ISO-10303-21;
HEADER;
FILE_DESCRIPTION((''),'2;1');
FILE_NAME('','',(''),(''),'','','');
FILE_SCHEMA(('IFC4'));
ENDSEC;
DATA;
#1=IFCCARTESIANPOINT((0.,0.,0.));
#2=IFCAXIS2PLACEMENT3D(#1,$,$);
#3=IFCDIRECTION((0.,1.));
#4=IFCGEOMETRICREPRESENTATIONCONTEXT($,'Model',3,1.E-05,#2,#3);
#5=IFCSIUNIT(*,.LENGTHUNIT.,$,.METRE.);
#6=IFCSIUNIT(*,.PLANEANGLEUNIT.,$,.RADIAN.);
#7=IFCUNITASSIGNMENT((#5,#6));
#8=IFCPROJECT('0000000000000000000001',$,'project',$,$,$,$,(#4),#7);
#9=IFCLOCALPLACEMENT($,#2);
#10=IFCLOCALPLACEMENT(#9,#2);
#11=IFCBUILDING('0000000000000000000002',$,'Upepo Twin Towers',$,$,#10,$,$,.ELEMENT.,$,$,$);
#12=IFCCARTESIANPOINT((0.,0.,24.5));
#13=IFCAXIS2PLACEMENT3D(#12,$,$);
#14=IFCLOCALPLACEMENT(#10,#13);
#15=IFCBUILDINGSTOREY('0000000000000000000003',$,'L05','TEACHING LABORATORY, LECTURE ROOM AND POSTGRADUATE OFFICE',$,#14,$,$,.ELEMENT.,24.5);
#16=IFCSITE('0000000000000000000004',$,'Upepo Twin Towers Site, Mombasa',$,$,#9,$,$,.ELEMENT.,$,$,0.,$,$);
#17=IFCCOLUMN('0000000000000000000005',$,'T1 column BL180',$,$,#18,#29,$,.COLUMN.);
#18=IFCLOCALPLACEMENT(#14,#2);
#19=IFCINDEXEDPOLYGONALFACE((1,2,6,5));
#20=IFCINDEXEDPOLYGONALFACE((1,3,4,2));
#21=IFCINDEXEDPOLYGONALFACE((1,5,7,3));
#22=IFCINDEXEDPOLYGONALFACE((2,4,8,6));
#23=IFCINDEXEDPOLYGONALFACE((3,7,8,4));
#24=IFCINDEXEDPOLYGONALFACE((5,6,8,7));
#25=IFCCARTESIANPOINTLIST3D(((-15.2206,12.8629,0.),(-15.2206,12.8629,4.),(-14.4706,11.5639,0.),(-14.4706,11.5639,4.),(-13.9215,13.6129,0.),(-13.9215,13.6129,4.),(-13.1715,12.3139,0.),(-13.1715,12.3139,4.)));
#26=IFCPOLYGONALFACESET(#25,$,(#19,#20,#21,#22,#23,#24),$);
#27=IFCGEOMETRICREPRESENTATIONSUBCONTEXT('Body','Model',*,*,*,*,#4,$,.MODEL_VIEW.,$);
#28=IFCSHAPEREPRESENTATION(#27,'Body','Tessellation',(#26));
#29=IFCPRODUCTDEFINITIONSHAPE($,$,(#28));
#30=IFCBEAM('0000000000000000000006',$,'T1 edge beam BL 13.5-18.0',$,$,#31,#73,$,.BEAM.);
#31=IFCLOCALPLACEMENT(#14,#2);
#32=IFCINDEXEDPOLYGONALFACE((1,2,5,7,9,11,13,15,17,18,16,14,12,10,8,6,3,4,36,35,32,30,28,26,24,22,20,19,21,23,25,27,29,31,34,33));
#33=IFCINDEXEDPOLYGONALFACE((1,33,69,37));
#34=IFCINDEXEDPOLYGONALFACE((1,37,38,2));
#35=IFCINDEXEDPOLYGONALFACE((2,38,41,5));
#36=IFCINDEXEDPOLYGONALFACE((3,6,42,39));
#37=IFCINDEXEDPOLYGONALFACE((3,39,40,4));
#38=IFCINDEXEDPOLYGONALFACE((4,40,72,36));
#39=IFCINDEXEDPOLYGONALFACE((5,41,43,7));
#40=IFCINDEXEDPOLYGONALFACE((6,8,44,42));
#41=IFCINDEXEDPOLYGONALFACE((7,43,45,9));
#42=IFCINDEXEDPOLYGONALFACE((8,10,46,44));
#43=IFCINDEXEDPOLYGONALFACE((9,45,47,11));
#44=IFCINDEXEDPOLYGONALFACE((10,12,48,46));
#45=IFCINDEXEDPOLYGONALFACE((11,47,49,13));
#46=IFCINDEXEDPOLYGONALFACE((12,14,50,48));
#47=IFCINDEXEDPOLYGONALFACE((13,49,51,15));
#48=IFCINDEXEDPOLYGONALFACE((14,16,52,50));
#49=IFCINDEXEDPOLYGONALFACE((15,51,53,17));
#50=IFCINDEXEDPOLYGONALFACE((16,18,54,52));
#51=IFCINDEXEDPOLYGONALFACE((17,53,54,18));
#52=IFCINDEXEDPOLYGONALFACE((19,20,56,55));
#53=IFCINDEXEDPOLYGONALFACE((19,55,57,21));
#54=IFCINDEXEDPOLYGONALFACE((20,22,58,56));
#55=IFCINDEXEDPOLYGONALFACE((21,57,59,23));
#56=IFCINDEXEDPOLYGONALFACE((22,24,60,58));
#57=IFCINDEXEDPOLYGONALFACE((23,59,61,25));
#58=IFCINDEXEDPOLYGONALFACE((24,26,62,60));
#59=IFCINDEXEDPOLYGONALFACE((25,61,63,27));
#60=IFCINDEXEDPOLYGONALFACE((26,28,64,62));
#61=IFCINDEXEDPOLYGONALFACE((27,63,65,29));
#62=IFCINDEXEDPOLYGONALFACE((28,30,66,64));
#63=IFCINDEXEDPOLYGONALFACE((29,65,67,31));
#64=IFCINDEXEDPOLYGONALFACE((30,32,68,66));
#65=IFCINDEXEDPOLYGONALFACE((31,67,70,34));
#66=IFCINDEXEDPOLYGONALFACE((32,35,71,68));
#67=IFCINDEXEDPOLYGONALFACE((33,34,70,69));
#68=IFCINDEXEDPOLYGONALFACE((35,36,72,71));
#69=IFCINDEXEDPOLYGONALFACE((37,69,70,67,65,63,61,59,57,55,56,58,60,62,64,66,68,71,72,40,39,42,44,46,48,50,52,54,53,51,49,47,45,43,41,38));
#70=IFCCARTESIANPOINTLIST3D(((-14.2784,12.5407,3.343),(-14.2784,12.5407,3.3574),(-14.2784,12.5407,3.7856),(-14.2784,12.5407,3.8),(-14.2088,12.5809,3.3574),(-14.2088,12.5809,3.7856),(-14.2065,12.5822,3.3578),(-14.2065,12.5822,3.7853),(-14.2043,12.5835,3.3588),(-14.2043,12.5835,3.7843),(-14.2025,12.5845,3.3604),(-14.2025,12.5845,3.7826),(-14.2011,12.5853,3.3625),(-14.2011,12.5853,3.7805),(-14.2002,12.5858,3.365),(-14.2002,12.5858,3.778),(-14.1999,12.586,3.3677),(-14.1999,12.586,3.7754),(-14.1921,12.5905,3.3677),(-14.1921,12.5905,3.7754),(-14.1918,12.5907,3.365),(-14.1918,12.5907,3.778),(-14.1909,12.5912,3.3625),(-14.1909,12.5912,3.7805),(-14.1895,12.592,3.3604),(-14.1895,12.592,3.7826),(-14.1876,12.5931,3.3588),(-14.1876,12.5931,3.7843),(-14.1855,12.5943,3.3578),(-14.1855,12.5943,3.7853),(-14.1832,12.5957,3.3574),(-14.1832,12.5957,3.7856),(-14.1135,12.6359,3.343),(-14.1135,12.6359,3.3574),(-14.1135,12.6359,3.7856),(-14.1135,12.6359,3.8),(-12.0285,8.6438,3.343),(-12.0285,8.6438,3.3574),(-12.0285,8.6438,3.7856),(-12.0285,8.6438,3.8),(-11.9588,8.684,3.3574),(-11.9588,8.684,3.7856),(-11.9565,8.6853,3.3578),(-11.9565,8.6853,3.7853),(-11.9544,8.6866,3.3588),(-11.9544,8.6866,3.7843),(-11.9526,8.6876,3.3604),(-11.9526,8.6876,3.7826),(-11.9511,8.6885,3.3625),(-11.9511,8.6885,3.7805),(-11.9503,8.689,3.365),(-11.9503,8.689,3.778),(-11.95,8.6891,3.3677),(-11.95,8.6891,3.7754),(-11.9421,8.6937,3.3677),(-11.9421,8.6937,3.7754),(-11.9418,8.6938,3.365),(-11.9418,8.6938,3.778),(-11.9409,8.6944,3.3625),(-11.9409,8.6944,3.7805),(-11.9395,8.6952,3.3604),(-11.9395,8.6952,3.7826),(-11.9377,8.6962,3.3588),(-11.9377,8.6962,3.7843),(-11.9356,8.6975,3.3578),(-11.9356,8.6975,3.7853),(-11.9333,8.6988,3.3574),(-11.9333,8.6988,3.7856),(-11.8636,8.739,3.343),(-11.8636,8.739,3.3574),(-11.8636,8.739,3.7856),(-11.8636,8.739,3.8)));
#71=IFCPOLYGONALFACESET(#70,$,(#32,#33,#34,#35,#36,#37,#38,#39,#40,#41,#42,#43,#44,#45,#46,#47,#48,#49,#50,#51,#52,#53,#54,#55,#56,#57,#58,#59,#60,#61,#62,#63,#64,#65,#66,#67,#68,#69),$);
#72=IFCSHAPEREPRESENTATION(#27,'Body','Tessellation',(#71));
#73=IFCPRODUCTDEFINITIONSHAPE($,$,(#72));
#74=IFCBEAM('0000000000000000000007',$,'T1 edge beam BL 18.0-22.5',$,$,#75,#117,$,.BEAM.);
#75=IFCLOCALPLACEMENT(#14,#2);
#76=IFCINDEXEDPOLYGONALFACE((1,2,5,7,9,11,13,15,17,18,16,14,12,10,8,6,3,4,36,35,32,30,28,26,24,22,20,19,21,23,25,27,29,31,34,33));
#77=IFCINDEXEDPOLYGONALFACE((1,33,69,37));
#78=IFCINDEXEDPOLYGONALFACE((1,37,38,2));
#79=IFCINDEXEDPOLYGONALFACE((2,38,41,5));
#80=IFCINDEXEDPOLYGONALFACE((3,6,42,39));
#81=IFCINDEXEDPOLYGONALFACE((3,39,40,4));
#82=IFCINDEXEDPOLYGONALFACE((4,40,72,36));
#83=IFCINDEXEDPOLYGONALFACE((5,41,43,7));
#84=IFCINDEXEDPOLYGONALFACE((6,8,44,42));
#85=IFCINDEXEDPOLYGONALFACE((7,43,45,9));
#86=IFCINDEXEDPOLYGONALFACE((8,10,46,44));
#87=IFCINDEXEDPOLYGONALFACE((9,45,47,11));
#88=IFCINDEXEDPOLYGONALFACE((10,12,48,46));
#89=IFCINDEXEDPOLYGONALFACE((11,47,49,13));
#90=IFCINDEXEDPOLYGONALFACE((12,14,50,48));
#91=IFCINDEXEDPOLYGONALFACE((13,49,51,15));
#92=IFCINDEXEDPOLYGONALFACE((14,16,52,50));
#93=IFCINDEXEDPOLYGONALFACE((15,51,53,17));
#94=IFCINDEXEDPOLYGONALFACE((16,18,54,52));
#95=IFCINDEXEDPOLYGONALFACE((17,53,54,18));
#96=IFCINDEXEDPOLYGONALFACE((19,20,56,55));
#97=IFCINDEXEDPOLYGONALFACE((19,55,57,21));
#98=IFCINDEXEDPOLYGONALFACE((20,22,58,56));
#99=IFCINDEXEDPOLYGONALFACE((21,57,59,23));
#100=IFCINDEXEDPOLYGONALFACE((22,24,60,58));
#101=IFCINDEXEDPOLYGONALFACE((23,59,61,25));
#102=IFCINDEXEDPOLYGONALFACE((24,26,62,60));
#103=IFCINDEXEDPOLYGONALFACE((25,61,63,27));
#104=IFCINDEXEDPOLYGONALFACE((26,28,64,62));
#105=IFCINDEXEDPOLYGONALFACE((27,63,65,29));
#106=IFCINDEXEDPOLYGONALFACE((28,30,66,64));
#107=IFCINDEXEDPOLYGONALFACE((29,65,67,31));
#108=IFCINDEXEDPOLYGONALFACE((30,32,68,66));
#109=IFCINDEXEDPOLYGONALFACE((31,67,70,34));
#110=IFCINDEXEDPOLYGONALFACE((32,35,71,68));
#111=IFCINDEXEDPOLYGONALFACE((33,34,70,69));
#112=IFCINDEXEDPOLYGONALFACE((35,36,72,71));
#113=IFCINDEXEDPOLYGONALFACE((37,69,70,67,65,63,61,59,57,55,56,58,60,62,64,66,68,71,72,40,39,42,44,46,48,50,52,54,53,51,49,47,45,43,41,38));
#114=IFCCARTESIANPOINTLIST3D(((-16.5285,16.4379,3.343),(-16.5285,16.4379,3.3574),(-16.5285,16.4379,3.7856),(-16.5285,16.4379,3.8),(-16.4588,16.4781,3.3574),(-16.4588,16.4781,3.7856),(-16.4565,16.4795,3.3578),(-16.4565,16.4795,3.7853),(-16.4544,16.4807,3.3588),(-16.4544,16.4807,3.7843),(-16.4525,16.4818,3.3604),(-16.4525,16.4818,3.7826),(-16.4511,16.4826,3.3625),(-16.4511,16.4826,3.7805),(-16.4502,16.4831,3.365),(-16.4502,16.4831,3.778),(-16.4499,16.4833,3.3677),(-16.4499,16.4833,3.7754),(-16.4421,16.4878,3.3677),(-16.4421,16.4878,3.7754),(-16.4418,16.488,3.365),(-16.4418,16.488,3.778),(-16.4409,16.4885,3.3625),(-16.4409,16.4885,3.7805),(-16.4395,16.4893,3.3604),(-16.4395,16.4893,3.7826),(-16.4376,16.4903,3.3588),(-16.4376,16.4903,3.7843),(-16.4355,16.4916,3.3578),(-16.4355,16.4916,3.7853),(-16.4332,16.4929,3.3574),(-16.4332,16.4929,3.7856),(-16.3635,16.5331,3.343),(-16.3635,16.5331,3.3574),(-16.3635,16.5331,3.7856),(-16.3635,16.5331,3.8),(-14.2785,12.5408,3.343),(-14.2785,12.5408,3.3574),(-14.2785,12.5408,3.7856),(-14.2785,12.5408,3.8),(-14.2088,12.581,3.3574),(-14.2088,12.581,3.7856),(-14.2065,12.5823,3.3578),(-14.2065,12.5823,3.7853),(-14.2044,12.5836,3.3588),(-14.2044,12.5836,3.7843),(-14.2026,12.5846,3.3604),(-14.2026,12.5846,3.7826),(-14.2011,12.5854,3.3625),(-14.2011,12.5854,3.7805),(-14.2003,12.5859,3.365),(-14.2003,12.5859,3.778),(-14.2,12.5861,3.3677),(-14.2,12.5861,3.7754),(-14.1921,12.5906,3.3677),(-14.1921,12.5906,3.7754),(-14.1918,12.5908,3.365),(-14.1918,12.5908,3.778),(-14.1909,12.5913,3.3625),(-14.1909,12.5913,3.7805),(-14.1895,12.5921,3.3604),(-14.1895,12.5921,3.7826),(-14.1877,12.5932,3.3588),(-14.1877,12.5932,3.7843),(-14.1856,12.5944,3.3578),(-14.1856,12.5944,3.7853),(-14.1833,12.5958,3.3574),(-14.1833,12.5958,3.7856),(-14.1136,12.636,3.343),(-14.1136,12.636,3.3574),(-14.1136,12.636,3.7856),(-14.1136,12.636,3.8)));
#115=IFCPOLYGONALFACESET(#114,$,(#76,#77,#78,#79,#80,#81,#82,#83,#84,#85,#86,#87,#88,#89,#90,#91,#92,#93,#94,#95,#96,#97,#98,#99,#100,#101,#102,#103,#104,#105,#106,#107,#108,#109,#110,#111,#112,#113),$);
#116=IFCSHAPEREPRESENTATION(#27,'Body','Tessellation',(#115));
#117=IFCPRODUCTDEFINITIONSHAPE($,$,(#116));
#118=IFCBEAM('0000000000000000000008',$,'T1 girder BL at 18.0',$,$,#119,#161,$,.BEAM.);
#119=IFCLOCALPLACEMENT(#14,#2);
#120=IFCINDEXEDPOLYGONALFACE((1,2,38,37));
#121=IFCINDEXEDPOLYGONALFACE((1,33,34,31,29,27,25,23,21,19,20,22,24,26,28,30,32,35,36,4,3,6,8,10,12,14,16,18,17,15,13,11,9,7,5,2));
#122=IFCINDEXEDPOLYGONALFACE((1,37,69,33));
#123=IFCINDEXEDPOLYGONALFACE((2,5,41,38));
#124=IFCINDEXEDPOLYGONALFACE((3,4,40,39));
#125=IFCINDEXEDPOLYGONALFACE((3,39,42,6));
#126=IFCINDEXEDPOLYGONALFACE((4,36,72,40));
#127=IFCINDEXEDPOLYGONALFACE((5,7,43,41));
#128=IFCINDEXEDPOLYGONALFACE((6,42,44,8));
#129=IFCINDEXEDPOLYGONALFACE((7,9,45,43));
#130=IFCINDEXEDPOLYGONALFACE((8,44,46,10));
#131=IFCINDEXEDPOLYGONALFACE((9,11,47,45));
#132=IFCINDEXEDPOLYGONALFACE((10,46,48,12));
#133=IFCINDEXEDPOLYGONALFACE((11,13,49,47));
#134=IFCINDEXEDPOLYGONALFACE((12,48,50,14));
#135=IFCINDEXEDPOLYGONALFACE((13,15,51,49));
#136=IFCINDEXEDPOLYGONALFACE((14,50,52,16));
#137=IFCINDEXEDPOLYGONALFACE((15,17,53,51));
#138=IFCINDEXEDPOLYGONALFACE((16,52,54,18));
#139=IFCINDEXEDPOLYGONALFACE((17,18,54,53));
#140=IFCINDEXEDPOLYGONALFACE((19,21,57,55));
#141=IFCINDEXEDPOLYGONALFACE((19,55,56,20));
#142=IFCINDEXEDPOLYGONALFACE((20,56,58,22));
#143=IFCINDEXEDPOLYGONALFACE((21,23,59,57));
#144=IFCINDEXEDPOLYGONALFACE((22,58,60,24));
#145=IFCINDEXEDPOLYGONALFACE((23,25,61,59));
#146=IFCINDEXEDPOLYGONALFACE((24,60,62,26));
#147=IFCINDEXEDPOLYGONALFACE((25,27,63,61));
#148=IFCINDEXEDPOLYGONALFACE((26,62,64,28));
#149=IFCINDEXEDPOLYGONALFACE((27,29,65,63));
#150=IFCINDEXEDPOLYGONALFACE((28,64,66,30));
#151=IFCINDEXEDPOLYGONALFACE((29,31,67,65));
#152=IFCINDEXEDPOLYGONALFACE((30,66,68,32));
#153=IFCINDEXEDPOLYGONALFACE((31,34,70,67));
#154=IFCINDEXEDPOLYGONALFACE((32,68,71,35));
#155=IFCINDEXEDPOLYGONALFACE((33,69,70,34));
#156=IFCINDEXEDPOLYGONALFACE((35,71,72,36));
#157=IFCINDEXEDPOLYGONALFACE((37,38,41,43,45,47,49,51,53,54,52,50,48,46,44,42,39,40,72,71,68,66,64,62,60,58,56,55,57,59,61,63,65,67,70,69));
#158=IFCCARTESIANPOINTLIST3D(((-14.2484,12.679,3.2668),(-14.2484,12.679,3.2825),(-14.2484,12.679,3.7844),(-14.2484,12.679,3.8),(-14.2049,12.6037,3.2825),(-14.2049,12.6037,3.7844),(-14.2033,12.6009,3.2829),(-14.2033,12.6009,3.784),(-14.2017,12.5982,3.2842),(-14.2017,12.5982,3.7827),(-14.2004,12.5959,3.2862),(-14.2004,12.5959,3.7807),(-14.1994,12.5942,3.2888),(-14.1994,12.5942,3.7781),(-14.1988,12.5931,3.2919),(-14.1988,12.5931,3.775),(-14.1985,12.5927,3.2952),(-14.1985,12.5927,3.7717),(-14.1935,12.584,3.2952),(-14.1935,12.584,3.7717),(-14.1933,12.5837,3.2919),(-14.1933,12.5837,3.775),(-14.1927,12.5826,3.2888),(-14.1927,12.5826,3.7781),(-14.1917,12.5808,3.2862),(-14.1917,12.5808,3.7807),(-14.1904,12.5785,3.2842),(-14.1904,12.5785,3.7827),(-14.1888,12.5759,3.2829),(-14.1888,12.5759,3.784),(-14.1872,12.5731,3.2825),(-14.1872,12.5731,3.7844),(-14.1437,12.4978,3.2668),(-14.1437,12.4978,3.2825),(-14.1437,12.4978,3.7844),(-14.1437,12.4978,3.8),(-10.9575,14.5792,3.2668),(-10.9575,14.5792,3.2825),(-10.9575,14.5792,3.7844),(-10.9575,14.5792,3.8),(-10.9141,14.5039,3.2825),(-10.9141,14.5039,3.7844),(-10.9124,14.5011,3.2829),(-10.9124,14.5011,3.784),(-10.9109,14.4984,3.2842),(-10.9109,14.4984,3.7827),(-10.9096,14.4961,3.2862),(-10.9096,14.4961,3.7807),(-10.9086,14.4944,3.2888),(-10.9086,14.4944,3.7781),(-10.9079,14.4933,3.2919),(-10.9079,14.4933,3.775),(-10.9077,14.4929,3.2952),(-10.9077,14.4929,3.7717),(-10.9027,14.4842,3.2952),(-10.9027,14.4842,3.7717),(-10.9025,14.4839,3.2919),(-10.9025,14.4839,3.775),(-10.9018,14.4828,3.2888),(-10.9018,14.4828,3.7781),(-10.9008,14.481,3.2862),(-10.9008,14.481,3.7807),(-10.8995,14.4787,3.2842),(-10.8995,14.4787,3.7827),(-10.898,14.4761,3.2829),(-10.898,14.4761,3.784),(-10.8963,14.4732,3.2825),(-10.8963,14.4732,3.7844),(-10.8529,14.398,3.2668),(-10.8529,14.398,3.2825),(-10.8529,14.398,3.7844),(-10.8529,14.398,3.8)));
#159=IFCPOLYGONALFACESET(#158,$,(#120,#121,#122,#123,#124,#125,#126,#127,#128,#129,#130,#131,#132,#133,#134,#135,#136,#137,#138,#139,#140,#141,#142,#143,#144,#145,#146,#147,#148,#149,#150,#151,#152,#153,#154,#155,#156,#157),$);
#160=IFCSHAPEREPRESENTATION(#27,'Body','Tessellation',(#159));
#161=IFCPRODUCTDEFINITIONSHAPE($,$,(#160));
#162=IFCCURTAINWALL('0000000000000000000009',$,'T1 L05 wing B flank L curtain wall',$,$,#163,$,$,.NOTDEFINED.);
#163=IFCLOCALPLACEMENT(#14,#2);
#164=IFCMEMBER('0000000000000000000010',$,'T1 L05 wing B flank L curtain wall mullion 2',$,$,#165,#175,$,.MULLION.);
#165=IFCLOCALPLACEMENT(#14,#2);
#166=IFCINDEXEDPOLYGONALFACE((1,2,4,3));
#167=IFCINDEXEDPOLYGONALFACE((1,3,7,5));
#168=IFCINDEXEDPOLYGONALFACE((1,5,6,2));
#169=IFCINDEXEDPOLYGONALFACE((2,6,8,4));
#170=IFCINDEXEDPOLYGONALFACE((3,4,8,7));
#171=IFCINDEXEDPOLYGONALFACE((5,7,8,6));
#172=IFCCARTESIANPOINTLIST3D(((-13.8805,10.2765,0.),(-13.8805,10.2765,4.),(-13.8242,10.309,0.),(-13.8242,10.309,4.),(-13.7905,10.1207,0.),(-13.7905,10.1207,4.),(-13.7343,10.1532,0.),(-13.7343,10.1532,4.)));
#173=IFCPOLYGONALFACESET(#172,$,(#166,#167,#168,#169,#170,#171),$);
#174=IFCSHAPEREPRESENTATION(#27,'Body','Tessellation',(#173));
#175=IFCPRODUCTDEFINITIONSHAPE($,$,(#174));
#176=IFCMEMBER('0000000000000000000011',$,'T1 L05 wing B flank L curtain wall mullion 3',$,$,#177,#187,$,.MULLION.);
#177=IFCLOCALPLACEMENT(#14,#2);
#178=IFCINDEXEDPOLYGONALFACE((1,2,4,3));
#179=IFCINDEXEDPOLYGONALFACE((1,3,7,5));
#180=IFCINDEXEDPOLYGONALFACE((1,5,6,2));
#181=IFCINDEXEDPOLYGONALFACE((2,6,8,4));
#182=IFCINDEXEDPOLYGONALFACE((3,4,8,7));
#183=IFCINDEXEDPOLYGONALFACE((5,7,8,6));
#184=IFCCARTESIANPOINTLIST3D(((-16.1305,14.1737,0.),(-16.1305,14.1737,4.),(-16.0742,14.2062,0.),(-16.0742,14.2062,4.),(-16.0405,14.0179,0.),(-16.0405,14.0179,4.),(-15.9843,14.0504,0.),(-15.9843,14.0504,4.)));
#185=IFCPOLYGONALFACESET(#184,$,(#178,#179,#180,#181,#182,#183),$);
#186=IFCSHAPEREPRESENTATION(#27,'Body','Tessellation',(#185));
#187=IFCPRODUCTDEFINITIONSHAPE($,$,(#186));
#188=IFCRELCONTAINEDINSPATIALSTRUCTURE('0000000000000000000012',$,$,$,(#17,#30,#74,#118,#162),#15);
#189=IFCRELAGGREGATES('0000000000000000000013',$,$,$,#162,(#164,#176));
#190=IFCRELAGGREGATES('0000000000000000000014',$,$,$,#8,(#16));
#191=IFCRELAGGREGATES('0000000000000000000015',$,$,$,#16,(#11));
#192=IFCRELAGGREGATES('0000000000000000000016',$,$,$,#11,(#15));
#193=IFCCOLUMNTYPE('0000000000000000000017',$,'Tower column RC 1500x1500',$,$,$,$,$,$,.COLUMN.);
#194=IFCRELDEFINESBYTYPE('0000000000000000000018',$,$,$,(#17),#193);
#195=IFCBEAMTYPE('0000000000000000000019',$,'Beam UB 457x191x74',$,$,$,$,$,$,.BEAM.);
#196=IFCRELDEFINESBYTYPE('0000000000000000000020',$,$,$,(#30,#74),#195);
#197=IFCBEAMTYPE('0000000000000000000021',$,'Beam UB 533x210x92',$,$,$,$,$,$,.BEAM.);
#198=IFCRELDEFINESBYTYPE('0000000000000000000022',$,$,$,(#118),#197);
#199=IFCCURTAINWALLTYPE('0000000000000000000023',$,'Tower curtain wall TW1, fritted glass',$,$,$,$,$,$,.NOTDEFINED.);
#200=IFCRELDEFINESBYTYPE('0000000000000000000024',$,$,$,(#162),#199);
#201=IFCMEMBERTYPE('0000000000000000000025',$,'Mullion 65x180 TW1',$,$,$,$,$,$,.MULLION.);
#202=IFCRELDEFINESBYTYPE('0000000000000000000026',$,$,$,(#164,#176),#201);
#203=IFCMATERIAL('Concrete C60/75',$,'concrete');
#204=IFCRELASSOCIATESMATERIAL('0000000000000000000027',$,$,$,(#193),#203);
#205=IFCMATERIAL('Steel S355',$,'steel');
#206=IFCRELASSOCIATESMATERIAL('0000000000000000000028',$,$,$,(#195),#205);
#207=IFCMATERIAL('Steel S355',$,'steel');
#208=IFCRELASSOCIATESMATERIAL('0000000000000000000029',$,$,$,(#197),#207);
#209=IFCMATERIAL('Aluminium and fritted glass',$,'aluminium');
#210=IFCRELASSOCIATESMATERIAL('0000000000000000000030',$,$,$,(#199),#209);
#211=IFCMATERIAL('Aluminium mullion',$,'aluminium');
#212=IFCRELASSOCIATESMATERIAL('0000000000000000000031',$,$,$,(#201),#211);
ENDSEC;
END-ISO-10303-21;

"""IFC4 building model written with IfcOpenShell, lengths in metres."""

from ifc_helpers import new_model, si_unit, direction, frame, origin, origin_2d, place, context, subcontext, project, spatial, rectangle, i_section, extrude, material, material_profile, profile_set, type_object, element, aggregate, save


model = new_model("IFC4")

# Units and contexts
model_context = context("Model", 3, precision=1e-05, world=origin(), true_north=direction((0.0, 1.0)))
body_context = subcontext(model_context, "Body", "Model", "MODEL_VIEW")
ifc_project = project(units=[si_unit("LENGTHUNIT", "METRE"), si_unit("PLANEANGLEUNIT", "RADIAN")], contexts=[model_context])

# Site, building, storey
site_placement = place(None, origin())
site = spatial("IfcSite", under=ifc_project, at=site_placement, Name="Upepo Twin Towers Site, Mombasa", CompositionType="ELEMENT", RefElevation=0.0)
building_placement = place(site_placement, origin())
building = spatial("IfcBuilding", under=site, at=building_placement, Name="Upepo Twin Towers", CompositionType="ELEMENT")
storey_placement = place(building_placement, frame((0.0, 0.0, 24.5)))
storey = spatial("IfcBuildingStorey", under=building, at=storey_placement, Name="L05", Description="TEACHING LABORATORY, LECTURE ROOM AND POSTGRADUATE OFFICE", CompositionType="ELEMENT", Elevation=24.5)

# Column
ifc_material_1 = material(Name="Concrete C60/75", Category="concrete")
ifc_material_profile_1 = material_profile(ifc_material_1, rectangle(XDim=1.5, YDim=1.5, at=origin_2d()), Name="RC 1500x1500")
ifc_profile_set_1 = profile_set([ifc_material_profile_1], Name="Concrete C60/75")
column_type = type_object("IfcColumnType", Name="Tower column RC 1500x1500", PredefinedType="COLUMN", material=ifc_profile_set_1)
column_placement = place(storey_placement, frame((-14.196, 12.5884, 0.0), z_axis=(0.0, 0.0, 1.0), x_axis=(0.866025, 0.5, 0.0)))
element("IfcColumn", 1, at=column_placement, inside=storey, type_object=column_type, Name="T1 column BL180", PredefinedType="COLUMN", context=body_context, shape_type="SweptSolid", body=[
    extrude(rectangle(XDim=1.5, YDim=1.5, at=origin_2d()), origin(), (0.0, 0.0, 1.0), 4.0),
])

# Beams
ifc_material_2 = material(Name="Steel S355", Category="steel")
ifc_material_profile_2 = material_profile(ifc_material_2, i_section(OverallWidth=0.1904, OverallDepth=0.457, WebThickness=0.009, FlangeThickness=0.0144, FilletRadius=0.0103, at=origin_2d()), Name="UB 457x191x74")
ifc_profile_set_2 = profile_set([ifc_material_profile_2], Name="Steel S355")
beam_type_1 = type_object("IfcBeamType", Name="Beam UB 457x191x74", PredefinedType="BEAM", material=ifc_profile_set_2)
beam_1_placement = place(storey_placement, frame((-11.946, 8.6914, 3.5715), z_axis=(-0.500014, 0.866018, 0.0), x_axis=(-0.866018, -0.500014, 0.0)))
element("IfcBeam", 2, at=beam_1_placement, inside=storey, type_object=beam_type_1, Name="T1 edge beam BL 13.5-18.0", PredefinedType="BEAM", context=body_context, shape_type="SweptSolid", body=[
    extrude(i_section(OverallWidth=0.1904, OverallDepth=0.457, WebThickness=0.009, FlangeThickness=0.0144, FilletRadius=0.0103, at=origin_2d()), origin(), (0.0, 0.0, 1.0), 4.4998),
])
beam_2_placement = place(storey_placement, frame((-14.196, 12.5884, 3.5715), z_axis=(-0.49999, 0.866031, 0.0), x_axis=(-0.866031, -0.49999, 0.0)))
element("IfcBeam", 3, at=beam_2_placement, inside=storey, type_object=beam_type_1, Name="T1 edge beam BL 18.0-22.5", PredefinedType="BEAM", context=body_context, shape_type="SweptSolid", body=[
    extrude(i_section(OverallWidth=0.1904, OverallDepth=0.457, WebThickness=0.009, FlangeThickness=0.0144, FilletRadius=0.0103, at=origin_2d()), origin(), (0.0, 0.0, 1.0), 4.5),
])
ifc_material_3 = material(Name="Steel S355", Category="steel")
ifc_material_profile_3 = material_profile(ifc_material_3, i_section(OverallWidth=0.2092, OverallDepth=0.5332, WebThickness=0.01, FlangeThickness=0.0156, FilletRadius=0.0127, at=origin_2d()), Name="UB 533x210x92")
ifc_profile_set_3 = profile_set([ifc_material_profile_3], Name="Steel S355")
beam_type_2 = type_object("IfcBeamType", Name="Beam UB 533x210x92", PredefinedType="BEAM", material=ifc_profile_set_3)
beam_3_placement = place(storey_placement, frame((-14.196, 12.5884, 3.5334), z_axis=(0.866, 0.500043, 0.0), x_axis=(-0.500043, 0.866, 0.0)))
element("IfcBeam", 4, at=beam_3_placement, inside=storey, type_object=beam_type_2, Name="T1 girder BL at 18.0", PredefinedType="BEAM", context=body_context, shape_type="SweptSolid", body=[
    extrude(i_section(OverallWidth=0.2092, OverallDepth=0.5332, WebThickness=0.01, FlangeThickness=0.0156, FilletRadius=0.0127, at=origin_2d()), origin(), (0.0, 0.0, 1.0), 3.8),
])

# Curtain wall, members
ifc_material_4 = material(Name="Aluminium and fritted glass", Category="aluminium")
curtain_wall_type = type_object("IfcCurtainWallType", Name="Tower curtain wall TW1, fritted glass", PredefinedType="NOTDEFINED", material=ifc_material_4)
curtain_wall_placement = place(storey_placement, origin())
curtain_wall = element("IfcCurtainWall", 5, at=curtain_wall_placement, inside=storey, type_object=curtain_wall_type, Name="T1 L05 wing B flank L curtain wall", PredefinedType="NOTDEFINED")
ifc_material_5 = material(Name="Aluminium mullion", Category="aluminium")
ifc_material_profile_4 = material_profile(ifc_material_5, rectangle(XDim=0.0649, YDim=0.1799, at=origin_2d()), Name="MULLION 65x180")
ifc_profile_set_4 = profile_set([ifc_material_profile_4], Name="Aluminium mullion")
member_type_1 = type_object("IfcMemberType", Name="Mullion 65x180 TW1", PredefinedType="MULLION", material=ifc_profile_set_4)
member_1_placement = place(storey_placement, frame((-13.8074, 10.2148, 0.0), z_axis=(0.0, 0.0, 1.0), x_axis=(-0.866025, -0.5, 0.0)))
member_1 = element("IfcMember", 6, at=member_1_placement, type_object=member_type_1, Name="T1 L05 wing B flank L curtain wall mullion 2", PredefinedType="MULLION", context=body_context, shape_type="SweptSolid", body=[
    extrude(rectangle(XDim=0.0649, YDim=0.1799, at=origin_2d()), origin(), (0.0, 0.0, 1.0), 4.0),
])
member_2_placement = place(storey_placement, frame((-16.0574, 14.1121, 0.0), z_axis=(0.0, 0.0, 1.0), x_axis=(-0.866025, -0.5, 0.0)))
member_2 = element("IfcMember", 7, at=member_2_placement, type_object=member_type_1, Name="T1 L05 wing B flank L curtain wall mullion 3", PredefinedType="MULLION", context=body_context, shape_type="SweptSolid", body=[
    extrude(rectangle(XDim=0.0649, YDim=0.1799, at=origin_2d()), origin(), (0.0, 0.0, 1.0), 4.0),
])
aggregate(curtain_wall, [member_1, member_2])

save(model, "model.ifc")
